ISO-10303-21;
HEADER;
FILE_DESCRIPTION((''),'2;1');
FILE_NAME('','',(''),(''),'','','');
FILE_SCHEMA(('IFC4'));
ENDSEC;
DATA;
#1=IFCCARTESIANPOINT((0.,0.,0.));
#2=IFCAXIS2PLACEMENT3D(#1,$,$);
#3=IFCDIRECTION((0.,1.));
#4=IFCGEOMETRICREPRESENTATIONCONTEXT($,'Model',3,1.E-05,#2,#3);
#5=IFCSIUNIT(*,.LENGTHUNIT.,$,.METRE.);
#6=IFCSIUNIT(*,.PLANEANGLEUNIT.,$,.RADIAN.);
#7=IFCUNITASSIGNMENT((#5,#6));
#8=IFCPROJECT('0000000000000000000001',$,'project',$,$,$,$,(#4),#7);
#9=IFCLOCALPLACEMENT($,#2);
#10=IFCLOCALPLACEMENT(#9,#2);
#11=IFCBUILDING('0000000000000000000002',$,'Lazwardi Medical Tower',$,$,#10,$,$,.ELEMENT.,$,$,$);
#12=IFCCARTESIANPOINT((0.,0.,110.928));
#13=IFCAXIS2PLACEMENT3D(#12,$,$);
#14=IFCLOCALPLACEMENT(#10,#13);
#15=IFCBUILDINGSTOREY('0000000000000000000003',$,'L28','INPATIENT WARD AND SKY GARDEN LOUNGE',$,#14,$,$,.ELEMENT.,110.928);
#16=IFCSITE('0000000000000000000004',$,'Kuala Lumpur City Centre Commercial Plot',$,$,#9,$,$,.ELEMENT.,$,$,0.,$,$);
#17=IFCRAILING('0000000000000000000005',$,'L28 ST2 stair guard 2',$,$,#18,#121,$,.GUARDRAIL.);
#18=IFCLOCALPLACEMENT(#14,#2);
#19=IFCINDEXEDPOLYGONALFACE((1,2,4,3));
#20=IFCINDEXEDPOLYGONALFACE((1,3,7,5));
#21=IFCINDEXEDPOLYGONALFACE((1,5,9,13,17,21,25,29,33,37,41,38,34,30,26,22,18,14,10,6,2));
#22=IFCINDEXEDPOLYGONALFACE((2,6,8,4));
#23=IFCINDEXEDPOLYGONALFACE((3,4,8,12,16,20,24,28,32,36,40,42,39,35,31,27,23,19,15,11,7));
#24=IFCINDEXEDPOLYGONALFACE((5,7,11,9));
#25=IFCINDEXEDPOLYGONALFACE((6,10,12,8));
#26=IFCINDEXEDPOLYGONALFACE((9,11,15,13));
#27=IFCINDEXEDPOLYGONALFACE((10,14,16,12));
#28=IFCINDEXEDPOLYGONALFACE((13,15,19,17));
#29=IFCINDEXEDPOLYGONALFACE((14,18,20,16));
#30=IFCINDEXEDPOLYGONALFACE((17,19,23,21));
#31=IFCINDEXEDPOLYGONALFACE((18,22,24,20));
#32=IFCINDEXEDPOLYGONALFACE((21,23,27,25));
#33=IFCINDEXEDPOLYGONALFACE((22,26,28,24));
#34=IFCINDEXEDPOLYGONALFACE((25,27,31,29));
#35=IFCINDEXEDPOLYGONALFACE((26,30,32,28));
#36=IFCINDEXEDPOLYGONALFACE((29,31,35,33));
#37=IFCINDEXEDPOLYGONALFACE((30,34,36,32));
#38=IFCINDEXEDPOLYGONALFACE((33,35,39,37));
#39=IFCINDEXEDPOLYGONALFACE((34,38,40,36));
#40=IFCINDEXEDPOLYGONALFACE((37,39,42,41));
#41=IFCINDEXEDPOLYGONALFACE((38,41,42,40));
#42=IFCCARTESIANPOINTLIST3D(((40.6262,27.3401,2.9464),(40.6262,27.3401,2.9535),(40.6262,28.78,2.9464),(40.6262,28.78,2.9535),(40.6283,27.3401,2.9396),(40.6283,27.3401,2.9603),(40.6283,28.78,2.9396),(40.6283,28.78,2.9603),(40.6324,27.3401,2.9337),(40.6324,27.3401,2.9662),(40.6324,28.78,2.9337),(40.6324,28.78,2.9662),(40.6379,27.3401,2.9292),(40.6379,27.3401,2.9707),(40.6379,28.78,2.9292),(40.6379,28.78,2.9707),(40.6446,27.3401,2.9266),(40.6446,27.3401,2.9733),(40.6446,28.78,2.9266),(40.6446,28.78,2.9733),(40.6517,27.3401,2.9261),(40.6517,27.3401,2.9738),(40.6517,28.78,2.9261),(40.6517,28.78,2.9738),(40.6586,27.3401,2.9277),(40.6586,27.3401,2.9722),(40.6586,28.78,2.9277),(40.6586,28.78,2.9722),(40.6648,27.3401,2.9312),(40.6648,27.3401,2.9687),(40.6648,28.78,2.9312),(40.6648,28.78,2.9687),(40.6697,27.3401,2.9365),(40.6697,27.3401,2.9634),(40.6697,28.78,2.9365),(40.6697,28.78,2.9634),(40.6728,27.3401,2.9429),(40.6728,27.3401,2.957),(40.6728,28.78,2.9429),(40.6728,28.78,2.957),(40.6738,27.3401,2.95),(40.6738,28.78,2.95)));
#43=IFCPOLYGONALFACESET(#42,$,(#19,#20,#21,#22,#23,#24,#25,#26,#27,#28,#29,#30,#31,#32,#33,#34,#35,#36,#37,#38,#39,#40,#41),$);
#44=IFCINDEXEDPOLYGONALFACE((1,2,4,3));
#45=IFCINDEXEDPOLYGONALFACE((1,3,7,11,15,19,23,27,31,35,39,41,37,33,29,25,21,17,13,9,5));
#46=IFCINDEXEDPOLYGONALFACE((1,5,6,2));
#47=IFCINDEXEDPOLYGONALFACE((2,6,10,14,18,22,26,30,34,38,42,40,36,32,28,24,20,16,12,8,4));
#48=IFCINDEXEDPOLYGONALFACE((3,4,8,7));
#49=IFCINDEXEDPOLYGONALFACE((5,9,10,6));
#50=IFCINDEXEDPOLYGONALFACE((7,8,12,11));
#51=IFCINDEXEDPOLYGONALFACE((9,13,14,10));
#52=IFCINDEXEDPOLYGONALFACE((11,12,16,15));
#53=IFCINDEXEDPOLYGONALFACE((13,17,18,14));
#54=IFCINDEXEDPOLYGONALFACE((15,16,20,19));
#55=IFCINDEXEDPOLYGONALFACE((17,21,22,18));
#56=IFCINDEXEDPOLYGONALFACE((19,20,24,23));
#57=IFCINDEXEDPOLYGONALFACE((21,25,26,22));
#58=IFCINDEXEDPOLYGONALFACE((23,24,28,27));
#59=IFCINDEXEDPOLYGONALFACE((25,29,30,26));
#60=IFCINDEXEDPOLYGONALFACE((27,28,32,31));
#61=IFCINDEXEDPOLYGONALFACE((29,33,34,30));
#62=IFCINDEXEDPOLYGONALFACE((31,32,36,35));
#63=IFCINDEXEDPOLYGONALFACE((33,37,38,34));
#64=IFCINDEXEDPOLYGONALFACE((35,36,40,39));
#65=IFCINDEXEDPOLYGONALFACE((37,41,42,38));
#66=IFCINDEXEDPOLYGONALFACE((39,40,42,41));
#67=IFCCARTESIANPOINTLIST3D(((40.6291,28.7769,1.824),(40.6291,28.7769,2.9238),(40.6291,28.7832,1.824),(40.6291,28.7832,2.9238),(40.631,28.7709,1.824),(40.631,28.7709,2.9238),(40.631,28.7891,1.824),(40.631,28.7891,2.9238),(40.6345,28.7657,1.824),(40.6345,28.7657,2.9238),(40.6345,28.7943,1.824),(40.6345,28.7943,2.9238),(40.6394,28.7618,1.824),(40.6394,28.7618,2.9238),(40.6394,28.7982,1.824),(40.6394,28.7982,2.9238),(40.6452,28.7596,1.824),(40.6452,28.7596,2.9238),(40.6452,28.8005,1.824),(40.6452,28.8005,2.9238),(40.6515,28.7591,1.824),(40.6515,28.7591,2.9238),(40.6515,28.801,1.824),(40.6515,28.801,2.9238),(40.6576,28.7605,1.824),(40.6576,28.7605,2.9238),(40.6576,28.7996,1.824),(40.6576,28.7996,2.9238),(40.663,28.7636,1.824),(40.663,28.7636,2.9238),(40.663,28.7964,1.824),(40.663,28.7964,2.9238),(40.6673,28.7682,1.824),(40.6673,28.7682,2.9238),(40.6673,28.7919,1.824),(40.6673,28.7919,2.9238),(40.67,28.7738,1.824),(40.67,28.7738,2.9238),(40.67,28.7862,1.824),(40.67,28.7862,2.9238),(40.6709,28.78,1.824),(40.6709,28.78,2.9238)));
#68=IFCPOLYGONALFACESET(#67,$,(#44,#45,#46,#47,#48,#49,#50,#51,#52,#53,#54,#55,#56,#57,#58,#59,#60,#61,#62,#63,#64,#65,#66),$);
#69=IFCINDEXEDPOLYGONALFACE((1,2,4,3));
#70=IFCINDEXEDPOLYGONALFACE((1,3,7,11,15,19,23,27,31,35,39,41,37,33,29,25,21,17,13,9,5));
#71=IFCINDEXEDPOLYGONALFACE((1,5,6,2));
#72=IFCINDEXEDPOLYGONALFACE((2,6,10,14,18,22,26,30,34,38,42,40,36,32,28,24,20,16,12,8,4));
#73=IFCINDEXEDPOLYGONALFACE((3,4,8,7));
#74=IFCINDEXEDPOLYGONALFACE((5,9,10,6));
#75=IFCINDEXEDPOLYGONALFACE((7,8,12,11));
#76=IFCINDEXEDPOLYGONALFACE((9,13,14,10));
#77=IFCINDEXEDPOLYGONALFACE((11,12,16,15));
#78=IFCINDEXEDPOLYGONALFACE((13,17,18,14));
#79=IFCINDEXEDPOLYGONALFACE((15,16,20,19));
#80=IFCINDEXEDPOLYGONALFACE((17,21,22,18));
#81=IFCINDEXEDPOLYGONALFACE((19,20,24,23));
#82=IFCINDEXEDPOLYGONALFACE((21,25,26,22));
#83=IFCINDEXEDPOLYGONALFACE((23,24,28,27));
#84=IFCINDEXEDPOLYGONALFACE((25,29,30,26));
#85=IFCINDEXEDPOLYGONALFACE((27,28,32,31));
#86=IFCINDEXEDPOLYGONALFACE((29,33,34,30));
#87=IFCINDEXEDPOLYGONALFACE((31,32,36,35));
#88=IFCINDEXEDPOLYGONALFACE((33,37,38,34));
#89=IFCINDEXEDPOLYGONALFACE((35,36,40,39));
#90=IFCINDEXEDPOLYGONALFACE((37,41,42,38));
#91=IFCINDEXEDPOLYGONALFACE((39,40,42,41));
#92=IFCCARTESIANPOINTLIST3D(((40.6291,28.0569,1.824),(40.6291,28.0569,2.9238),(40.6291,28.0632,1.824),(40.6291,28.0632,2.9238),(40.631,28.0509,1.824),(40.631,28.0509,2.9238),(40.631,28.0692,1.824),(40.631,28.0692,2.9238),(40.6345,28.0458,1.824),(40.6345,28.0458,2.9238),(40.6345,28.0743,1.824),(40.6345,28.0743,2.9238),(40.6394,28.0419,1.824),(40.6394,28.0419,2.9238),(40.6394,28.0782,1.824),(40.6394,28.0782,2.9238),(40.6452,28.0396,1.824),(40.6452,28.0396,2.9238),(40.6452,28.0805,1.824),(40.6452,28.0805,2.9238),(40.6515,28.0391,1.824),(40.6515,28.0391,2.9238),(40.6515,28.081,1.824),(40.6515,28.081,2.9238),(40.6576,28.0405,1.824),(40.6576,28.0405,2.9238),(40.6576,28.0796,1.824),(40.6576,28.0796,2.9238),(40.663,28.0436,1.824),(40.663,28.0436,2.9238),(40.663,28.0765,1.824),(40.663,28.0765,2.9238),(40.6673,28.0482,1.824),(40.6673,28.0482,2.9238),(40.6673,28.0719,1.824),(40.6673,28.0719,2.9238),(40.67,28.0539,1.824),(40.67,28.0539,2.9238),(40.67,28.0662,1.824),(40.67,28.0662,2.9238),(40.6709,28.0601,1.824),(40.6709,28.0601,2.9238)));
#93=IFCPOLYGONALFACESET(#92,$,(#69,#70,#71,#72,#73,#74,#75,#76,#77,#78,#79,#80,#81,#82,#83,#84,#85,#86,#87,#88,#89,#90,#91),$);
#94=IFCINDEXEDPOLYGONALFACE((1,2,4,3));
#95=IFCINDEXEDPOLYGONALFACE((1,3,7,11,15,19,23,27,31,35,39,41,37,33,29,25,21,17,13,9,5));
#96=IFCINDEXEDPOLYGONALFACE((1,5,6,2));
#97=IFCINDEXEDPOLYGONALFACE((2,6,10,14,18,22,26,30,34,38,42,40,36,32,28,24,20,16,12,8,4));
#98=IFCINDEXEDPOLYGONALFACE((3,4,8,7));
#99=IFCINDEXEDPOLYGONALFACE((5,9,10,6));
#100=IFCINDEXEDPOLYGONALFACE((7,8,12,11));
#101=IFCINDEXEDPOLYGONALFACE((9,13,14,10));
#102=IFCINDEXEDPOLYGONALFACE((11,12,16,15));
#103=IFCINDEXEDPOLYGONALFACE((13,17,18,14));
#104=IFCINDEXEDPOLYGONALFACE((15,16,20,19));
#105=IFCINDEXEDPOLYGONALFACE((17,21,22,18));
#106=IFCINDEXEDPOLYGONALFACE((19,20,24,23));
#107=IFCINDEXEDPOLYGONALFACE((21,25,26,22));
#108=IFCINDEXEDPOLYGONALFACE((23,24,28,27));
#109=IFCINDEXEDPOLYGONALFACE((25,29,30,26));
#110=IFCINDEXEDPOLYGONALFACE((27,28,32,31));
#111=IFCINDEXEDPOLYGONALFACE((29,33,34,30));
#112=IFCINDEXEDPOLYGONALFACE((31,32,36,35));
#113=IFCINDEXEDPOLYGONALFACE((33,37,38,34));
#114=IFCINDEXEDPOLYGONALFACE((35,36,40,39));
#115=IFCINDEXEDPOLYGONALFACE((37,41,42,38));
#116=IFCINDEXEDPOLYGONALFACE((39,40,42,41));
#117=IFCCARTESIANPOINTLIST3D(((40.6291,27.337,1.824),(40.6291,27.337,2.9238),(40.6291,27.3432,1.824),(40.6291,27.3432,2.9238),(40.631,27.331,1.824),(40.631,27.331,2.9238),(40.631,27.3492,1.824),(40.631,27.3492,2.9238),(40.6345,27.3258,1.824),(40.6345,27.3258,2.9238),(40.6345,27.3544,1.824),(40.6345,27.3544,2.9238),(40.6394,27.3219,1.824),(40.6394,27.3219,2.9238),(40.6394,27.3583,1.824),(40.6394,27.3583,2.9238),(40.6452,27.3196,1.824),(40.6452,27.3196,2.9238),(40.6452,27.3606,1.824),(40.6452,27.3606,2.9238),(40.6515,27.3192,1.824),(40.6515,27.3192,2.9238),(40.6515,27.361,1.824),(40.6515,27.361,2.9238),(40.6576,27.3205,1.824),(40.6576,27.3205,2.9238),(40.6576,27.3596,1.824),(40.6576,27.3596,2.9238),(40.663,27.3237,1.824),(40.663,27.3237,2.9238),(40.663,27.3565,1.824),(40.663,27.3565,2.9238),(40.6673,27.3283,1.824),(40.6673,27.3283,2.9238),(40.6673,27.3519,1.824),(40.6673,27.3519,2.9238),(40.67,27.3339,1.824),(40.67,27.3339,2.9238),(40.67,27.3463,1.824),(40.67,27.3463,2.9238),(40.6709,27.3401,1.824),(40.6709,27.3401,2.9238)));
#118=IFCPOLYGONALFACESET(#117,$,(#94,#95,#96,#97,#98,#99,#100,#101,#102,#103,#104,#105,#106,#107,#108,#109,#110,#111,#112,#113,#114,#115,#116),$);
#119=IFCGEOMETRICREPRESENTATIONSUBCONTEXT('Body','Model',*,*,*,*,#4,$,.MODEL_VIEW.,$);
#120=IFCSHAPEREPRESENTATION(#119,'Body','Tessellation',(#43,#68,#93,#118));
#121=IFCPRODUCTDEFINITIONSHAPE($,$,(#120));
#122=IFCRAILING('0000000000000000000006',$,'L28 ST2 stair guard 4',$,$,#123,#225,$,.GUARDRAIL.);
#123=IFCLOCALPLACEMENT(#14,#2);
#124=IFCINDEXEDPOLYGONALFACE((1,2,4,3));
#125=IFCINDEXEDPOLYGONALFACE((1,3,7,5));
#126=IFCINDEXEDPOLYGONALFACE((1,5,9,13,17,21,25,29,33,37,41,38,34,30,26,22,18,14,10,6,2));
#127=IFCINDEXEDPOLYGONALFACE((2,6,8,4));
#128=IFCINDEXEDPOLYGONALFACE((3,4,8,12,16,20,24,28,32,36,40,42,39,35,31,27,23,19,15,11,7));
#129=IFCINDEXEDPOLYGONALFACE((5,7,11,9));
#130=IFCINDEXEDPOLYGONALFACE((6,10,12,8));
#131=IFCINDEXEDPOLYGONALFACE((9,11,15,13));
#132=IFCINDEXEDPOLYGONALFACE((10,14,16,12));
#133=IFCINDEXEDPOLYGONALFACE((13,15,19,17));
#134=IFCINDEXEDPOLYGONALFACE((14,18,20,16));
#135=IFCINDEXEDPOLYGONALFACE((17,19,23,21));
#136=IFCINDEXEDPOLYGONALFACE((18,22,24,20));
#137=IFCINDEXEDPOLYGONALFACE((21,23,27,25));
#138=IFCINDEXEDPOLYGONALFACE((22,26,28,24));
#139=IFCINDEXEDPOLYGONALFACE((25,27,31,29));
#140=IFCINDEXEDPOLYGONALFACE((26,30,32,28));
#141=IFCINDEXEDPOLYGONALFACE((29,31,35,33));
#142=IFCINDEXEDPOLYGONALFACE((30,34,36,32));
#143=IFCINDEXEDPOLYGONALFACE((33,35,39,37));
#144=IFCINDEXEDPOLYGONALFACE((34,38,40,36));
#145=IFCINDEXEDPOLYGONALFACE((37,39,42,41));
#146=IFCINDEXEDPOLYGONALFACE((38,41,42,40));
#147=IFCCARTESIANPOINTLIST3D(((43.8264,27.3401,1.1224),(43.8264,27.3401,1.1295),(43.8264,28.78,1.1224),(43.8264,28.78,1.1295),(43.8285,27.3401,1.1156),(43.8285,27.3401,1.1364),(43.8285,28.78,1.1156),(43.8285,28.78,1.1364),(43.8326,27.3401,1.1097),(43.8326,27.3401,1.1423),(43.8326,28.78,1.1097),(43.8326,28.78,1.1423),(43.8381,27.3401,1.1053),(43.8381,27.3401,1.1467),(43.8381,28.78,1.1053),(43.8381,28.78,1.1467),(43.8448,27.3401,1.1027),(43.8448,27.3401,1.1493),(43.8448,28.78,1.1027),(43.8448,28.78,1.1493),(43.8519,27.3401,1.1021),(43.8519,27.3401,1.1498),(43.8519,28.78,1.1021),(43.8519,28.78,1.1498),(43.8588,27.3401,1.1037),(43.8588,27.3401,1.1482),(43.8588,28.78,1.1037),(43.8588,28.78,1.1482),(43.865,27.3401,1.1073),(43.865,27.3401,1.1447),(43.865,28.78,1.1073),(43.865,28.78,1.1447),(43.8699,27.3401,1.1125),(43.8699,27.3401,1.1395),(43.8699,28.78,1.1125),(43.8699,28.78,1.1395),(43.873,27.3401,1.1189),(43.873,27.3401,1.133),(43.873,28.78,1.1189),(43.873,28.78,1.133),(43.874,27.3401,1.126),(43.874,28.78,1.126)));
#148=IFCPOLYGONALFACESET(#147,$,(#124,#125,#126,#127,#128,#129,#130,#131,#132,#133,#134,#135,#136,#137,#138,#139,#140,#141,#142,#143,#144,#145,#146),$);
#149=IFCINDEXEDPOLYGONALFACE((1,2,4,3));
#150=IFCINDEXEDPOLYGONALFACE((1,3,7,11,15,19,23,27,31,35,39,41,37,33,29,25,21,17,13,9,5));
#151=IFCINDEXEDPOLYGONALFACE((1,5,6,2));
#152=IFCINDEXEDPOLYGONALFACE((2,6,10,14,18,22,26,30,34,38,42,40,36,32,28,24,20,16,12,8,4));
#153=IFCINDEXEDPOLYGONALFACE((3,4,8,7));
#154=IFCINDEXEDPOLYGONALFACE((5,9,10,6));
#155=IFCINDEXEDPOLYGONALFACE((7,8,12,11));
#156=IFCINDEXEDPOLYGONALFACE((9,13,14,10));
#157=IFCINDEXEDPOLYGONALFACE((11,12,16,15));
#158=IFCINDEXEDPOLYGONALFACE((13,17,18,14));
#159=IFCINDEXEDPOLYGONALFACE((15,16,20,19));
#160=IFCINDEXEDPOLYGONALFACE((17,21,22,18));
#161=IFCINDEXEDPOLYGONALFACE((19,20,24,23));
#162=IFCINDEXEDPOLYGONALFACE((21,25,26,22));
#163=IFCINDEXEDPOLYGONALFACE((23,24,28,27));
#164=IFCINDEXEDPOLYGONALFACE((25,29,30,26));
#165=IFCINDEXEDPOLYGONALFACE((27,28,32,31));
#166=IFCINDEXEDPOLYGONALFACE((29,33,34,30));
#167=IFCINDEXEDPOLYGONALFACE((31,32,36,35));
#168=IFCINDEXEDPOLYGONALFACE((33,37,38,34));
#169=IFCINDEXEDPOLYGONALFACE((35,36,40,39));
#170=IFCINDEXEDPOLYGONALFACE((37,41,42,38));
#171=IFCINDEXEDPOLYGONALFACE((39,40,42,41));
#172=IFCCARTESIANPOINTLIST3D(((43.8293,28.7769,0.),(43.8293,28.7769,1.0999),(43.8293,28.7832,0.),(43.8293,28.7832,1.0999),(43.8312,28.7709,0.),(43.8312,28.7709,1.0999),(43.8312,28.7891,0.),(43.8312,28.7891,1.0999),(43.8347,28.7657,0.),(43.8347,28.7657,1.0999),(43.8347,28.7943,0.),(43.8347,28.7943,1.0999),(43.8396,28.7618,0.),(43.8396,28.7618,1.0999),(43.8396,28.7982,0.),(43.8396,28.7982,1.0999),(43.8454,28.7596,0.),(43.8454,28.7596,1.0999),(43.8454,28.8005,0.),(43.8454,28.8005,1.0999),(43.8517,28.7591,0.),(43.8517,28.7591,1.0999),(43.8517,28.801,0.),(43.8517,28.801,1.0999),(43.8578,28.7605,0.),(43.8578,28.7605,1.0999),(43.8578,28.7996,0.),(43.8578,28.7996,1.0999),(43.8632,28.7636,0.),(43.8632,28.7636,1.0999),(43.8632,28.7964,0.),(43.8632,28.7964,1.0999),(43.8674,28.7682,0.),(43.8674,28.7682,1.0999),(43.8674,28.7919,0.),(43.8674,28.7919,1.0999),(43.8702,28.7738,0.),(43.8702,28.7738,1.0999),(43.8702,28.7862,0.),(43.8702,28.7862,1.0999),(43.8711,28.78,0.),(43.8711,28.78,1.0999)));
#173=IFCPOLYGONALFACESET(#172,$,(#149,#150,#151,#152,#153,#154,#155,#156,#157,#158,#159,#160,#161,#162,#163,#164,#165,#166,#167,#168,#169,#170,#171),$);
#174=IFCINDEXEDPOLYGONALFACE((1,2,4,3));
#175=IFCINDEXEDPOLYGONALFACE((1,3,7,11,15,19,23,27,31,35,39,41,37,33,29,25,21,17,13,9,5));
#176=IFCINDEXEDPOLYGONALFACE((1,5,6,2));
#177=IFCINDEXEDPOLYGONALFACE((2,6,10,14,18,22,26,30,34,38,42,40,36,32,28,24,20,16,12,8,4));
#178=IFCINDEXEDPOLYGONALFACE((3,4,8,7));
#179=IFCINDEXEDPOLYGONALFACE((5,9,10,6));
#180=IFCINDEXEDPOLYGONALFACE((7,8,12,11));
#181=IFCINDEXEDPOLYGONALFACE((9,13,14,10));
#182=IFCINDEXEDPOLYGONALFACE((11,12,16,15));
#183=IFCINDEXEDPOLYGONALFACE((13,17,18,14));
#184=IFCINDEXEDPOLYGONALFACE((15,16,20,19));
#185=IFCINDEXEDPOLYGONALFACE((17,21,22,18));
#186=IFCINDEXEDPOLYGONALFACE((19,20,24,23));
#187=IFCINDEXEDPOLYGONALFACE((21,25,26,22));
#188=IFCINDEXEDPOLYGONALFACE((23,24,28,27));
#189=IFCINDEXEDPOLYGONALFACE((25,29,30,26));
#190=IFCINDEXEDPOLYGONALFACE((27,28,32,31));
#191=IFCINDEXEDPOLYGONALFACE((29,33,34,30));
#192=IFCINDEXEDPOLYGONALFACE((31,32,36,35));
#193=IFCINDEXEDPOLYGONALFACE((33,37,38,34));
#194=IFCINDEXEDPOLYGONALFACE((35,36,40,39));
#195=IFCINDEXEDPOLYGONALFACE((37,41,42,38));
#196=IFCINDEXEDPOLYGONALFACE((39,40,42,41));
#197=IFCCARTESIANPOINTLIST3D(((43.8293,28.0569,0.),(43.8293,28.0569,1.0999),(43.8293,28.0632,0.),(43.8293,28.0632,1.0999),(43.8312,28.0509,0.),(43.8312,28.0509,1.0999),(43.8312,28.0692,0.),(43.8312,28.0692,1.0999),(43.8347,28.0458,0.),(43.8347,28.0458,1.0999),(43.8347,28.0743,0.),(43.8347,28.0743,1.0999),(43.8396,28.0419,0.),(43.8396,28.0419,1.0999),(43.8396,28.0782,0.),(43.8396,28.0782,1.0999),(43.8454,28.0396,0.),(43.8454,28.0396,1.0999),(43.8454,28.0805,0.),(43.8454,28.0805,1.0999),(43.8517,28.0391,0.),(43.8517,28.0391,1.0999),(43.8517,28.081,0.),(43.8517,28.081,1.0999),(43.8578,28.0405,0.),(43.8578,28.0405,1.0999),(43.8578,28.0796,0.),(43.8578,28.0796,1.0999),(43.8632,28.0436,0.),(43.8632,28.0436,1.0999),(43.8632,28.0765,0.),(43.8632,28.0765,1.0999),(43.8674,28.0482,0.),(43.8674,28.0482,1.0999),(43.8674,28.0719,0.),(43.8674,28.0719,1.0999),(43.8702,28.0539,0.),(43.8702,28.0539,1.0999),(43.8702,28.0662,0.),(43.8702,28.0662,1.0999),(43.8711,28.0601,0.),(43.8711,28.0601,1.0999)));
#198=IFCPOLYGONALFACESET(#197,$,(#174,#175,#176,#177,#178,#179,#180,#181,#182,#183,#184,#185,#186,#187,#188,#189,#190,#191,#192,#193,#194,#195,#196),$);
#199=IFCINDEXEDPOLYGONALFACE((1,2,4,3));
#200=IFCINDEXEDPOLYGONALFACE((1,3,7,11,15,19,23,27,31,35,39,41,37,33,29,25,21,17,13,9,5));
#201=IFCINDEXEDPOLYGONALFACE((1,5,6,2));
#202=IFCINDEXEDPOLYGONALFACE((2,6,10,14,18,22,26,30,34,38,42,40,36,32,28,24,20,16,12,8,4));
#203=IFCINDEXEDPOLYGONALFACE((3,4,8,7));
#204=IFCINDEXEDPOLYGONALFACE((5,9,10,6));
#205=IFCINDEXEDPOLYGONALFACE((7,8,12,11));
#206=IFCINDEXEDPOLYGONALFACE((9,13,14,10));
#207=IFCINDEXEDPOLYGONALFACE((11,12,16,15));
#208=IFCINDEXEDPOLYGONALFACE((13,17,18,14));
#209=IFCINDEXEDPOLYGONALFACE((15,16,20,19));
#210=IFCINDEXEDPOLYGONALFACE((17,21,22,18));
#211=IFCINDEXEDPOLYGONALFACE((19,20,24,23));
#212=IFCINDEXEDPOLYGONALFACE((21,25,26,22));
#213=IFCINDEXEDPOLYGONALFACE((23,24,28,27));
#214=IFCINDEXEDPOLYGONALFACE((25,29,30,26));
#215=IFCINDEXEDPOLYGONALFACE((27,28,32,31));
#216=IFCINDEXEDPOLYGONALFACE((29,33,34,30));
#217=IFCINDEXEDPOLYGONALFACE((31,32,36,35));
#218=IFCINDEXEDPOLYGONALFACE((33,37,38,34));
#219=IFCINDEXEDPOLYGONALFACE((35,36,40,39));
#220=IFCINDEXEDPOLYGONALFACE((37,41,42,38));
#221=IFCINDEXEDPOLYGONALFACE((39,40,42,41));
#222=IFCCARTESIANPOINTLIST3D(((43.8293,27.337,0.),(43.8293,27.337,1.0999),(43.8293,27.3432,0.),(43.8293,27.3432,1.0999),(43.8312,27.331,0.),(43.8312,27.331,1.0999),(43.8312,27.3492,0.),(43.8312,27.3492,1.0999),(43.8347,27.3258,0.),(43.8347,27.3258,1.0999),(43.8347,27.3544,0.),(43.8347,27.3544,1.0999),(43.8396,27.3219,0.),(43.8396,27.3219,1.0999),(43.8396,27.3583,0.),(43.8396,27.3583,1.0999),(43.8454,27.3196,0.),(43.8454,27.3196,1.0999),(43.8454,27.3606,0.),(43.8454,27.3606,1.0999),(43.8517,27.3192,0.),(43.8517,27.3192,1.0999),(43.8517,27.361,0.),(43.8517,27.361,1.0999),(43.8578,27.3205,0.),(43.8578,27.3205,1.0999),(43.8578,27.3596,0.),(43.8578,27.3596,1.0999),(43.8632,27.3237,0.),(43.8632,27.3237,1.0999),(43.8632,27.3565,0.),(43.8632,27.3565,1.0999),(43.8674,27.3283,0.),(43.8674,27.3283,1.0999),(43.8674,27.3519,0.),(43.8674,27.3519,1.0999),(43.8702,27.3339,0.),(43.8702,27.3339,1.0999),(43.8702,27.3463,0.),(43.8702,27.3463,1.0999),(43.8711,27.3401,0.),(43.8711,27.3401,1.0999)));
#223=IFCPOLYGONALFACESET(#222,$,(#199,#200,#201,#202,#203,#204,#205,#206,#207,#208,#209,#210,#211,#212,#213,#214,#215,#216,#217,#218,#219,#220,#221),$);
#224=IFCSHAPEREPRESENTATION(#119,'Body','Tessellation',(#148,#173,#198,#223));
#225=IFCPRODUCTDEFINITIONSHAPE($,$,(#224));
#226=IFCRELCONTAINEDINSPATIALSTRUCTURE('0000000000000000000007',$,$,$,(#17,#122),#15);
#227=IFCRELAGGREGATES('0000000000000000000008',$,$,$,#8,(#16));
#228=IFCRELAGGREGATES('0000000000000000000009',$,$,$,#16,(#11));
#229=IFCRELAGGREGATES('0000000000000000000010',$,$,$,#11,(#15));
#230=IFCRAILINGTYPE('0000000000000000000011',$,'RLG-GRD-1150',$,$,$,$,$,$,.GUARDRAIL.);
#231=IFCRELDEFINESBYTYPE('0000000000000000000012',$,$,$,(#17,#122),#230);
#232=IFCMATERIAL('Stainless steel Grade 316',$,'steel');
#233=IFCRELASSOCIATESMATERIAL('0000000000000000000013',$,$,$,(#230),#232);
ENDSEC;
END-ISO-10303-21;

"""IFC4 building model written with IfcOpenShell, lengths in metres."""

from ifc_helpers import new_model, si_unit, direction, frame, origin, origin_2d, place, context, subcontext, project, spatial, circle, extrude, material, type_object, element, save


model = new_model("IFC4")

# Units and contexts
model_context = context("Model", 3, precision=1e-05, world=origin(), true_north=direction((0.0, 1.0)))
body_context = subcontext(model_context, "Body", "Model", "MODEL_VIEW")
ifc_project = project(units=[si_unit("LENGTHUNIT", "METRE"), si_unit("PLANEANGLEUNIT", "RADIAN")], contexts=[model_context])

# Site, building, storey
site_placement = place(None, origin())
site = spatial("IfcSite", under=ifc_project, at=site_placement, Name="Kuala Lumpur City Centre Commercial Plot", CompositionType="ELEMENT", RefElevation=0.0)
building_placement = place(site_placement, origin())
building = spatial("IfcBuilding", under=site, at=building_placement, Name="Lazwardi Medical Tower", CompositionType="ELEMENT")
storey_placement = place(building_placement, frame((0.0, 0.0, 110.928)))
storey = spatial("IfcBuildingStorey", under=building, at=storey_placement, Name="L28", Description="INPATIENT WARD AND SKY GARDEN LOUNGE", CompositionType="ELEMENT", Elevation=110.928)

# Railings
ifc_material_1 = material(Name="Stainless steel Grade 316", Category="steel")
railing_type_1 = type_object("IfcRailingType", Name="RLG-GRD-1150", PredefinedType="GUARDRAIL", material=ifc_material_1)
for number, where, name in (
    (1, (40.6499, 28.78, 1.824), "L28 ST2 stair guard 2"),
    (2, (43.8501, 28.78, 0.0), "L28 ST2 stair guard 4"),
):
    element("IfcRailing", number, at=place(storey_placement, frame(where)), inside=storey, type_object=railing_type_1, Name=name, PredefinedType="GUARDRAIL", context=body_context, shape_type="SweptSolid", body=[
        extrude(circle(Radius=0.0239, at=origin_2d()), frame((0.0, 0.0, 1.126), z_axis=(0.0, -1.0, 0.0), x_axis=(1.0, 0.0, 0.0)), (0.0, 0.0, 1.0), 1.4399),
        extrude(circle(Radius=0.021, at=origin_2d()), origin(), (0.0, 0.0, 1.0), 1.0999),
        extrude(circle(Radius=0.021, at=origin_2d()), frame((0.0, -0.72, 0.0)), (0.0, 0.0, 1.0), 1.0999),
        extrude(circle(Radius=0.021, at=origin_2d()), frame((0.0, -1.4399, 0.0)), (0.0, 0.0, 1.0), 1.0999),
    ])

save(model, "model.ifc")
